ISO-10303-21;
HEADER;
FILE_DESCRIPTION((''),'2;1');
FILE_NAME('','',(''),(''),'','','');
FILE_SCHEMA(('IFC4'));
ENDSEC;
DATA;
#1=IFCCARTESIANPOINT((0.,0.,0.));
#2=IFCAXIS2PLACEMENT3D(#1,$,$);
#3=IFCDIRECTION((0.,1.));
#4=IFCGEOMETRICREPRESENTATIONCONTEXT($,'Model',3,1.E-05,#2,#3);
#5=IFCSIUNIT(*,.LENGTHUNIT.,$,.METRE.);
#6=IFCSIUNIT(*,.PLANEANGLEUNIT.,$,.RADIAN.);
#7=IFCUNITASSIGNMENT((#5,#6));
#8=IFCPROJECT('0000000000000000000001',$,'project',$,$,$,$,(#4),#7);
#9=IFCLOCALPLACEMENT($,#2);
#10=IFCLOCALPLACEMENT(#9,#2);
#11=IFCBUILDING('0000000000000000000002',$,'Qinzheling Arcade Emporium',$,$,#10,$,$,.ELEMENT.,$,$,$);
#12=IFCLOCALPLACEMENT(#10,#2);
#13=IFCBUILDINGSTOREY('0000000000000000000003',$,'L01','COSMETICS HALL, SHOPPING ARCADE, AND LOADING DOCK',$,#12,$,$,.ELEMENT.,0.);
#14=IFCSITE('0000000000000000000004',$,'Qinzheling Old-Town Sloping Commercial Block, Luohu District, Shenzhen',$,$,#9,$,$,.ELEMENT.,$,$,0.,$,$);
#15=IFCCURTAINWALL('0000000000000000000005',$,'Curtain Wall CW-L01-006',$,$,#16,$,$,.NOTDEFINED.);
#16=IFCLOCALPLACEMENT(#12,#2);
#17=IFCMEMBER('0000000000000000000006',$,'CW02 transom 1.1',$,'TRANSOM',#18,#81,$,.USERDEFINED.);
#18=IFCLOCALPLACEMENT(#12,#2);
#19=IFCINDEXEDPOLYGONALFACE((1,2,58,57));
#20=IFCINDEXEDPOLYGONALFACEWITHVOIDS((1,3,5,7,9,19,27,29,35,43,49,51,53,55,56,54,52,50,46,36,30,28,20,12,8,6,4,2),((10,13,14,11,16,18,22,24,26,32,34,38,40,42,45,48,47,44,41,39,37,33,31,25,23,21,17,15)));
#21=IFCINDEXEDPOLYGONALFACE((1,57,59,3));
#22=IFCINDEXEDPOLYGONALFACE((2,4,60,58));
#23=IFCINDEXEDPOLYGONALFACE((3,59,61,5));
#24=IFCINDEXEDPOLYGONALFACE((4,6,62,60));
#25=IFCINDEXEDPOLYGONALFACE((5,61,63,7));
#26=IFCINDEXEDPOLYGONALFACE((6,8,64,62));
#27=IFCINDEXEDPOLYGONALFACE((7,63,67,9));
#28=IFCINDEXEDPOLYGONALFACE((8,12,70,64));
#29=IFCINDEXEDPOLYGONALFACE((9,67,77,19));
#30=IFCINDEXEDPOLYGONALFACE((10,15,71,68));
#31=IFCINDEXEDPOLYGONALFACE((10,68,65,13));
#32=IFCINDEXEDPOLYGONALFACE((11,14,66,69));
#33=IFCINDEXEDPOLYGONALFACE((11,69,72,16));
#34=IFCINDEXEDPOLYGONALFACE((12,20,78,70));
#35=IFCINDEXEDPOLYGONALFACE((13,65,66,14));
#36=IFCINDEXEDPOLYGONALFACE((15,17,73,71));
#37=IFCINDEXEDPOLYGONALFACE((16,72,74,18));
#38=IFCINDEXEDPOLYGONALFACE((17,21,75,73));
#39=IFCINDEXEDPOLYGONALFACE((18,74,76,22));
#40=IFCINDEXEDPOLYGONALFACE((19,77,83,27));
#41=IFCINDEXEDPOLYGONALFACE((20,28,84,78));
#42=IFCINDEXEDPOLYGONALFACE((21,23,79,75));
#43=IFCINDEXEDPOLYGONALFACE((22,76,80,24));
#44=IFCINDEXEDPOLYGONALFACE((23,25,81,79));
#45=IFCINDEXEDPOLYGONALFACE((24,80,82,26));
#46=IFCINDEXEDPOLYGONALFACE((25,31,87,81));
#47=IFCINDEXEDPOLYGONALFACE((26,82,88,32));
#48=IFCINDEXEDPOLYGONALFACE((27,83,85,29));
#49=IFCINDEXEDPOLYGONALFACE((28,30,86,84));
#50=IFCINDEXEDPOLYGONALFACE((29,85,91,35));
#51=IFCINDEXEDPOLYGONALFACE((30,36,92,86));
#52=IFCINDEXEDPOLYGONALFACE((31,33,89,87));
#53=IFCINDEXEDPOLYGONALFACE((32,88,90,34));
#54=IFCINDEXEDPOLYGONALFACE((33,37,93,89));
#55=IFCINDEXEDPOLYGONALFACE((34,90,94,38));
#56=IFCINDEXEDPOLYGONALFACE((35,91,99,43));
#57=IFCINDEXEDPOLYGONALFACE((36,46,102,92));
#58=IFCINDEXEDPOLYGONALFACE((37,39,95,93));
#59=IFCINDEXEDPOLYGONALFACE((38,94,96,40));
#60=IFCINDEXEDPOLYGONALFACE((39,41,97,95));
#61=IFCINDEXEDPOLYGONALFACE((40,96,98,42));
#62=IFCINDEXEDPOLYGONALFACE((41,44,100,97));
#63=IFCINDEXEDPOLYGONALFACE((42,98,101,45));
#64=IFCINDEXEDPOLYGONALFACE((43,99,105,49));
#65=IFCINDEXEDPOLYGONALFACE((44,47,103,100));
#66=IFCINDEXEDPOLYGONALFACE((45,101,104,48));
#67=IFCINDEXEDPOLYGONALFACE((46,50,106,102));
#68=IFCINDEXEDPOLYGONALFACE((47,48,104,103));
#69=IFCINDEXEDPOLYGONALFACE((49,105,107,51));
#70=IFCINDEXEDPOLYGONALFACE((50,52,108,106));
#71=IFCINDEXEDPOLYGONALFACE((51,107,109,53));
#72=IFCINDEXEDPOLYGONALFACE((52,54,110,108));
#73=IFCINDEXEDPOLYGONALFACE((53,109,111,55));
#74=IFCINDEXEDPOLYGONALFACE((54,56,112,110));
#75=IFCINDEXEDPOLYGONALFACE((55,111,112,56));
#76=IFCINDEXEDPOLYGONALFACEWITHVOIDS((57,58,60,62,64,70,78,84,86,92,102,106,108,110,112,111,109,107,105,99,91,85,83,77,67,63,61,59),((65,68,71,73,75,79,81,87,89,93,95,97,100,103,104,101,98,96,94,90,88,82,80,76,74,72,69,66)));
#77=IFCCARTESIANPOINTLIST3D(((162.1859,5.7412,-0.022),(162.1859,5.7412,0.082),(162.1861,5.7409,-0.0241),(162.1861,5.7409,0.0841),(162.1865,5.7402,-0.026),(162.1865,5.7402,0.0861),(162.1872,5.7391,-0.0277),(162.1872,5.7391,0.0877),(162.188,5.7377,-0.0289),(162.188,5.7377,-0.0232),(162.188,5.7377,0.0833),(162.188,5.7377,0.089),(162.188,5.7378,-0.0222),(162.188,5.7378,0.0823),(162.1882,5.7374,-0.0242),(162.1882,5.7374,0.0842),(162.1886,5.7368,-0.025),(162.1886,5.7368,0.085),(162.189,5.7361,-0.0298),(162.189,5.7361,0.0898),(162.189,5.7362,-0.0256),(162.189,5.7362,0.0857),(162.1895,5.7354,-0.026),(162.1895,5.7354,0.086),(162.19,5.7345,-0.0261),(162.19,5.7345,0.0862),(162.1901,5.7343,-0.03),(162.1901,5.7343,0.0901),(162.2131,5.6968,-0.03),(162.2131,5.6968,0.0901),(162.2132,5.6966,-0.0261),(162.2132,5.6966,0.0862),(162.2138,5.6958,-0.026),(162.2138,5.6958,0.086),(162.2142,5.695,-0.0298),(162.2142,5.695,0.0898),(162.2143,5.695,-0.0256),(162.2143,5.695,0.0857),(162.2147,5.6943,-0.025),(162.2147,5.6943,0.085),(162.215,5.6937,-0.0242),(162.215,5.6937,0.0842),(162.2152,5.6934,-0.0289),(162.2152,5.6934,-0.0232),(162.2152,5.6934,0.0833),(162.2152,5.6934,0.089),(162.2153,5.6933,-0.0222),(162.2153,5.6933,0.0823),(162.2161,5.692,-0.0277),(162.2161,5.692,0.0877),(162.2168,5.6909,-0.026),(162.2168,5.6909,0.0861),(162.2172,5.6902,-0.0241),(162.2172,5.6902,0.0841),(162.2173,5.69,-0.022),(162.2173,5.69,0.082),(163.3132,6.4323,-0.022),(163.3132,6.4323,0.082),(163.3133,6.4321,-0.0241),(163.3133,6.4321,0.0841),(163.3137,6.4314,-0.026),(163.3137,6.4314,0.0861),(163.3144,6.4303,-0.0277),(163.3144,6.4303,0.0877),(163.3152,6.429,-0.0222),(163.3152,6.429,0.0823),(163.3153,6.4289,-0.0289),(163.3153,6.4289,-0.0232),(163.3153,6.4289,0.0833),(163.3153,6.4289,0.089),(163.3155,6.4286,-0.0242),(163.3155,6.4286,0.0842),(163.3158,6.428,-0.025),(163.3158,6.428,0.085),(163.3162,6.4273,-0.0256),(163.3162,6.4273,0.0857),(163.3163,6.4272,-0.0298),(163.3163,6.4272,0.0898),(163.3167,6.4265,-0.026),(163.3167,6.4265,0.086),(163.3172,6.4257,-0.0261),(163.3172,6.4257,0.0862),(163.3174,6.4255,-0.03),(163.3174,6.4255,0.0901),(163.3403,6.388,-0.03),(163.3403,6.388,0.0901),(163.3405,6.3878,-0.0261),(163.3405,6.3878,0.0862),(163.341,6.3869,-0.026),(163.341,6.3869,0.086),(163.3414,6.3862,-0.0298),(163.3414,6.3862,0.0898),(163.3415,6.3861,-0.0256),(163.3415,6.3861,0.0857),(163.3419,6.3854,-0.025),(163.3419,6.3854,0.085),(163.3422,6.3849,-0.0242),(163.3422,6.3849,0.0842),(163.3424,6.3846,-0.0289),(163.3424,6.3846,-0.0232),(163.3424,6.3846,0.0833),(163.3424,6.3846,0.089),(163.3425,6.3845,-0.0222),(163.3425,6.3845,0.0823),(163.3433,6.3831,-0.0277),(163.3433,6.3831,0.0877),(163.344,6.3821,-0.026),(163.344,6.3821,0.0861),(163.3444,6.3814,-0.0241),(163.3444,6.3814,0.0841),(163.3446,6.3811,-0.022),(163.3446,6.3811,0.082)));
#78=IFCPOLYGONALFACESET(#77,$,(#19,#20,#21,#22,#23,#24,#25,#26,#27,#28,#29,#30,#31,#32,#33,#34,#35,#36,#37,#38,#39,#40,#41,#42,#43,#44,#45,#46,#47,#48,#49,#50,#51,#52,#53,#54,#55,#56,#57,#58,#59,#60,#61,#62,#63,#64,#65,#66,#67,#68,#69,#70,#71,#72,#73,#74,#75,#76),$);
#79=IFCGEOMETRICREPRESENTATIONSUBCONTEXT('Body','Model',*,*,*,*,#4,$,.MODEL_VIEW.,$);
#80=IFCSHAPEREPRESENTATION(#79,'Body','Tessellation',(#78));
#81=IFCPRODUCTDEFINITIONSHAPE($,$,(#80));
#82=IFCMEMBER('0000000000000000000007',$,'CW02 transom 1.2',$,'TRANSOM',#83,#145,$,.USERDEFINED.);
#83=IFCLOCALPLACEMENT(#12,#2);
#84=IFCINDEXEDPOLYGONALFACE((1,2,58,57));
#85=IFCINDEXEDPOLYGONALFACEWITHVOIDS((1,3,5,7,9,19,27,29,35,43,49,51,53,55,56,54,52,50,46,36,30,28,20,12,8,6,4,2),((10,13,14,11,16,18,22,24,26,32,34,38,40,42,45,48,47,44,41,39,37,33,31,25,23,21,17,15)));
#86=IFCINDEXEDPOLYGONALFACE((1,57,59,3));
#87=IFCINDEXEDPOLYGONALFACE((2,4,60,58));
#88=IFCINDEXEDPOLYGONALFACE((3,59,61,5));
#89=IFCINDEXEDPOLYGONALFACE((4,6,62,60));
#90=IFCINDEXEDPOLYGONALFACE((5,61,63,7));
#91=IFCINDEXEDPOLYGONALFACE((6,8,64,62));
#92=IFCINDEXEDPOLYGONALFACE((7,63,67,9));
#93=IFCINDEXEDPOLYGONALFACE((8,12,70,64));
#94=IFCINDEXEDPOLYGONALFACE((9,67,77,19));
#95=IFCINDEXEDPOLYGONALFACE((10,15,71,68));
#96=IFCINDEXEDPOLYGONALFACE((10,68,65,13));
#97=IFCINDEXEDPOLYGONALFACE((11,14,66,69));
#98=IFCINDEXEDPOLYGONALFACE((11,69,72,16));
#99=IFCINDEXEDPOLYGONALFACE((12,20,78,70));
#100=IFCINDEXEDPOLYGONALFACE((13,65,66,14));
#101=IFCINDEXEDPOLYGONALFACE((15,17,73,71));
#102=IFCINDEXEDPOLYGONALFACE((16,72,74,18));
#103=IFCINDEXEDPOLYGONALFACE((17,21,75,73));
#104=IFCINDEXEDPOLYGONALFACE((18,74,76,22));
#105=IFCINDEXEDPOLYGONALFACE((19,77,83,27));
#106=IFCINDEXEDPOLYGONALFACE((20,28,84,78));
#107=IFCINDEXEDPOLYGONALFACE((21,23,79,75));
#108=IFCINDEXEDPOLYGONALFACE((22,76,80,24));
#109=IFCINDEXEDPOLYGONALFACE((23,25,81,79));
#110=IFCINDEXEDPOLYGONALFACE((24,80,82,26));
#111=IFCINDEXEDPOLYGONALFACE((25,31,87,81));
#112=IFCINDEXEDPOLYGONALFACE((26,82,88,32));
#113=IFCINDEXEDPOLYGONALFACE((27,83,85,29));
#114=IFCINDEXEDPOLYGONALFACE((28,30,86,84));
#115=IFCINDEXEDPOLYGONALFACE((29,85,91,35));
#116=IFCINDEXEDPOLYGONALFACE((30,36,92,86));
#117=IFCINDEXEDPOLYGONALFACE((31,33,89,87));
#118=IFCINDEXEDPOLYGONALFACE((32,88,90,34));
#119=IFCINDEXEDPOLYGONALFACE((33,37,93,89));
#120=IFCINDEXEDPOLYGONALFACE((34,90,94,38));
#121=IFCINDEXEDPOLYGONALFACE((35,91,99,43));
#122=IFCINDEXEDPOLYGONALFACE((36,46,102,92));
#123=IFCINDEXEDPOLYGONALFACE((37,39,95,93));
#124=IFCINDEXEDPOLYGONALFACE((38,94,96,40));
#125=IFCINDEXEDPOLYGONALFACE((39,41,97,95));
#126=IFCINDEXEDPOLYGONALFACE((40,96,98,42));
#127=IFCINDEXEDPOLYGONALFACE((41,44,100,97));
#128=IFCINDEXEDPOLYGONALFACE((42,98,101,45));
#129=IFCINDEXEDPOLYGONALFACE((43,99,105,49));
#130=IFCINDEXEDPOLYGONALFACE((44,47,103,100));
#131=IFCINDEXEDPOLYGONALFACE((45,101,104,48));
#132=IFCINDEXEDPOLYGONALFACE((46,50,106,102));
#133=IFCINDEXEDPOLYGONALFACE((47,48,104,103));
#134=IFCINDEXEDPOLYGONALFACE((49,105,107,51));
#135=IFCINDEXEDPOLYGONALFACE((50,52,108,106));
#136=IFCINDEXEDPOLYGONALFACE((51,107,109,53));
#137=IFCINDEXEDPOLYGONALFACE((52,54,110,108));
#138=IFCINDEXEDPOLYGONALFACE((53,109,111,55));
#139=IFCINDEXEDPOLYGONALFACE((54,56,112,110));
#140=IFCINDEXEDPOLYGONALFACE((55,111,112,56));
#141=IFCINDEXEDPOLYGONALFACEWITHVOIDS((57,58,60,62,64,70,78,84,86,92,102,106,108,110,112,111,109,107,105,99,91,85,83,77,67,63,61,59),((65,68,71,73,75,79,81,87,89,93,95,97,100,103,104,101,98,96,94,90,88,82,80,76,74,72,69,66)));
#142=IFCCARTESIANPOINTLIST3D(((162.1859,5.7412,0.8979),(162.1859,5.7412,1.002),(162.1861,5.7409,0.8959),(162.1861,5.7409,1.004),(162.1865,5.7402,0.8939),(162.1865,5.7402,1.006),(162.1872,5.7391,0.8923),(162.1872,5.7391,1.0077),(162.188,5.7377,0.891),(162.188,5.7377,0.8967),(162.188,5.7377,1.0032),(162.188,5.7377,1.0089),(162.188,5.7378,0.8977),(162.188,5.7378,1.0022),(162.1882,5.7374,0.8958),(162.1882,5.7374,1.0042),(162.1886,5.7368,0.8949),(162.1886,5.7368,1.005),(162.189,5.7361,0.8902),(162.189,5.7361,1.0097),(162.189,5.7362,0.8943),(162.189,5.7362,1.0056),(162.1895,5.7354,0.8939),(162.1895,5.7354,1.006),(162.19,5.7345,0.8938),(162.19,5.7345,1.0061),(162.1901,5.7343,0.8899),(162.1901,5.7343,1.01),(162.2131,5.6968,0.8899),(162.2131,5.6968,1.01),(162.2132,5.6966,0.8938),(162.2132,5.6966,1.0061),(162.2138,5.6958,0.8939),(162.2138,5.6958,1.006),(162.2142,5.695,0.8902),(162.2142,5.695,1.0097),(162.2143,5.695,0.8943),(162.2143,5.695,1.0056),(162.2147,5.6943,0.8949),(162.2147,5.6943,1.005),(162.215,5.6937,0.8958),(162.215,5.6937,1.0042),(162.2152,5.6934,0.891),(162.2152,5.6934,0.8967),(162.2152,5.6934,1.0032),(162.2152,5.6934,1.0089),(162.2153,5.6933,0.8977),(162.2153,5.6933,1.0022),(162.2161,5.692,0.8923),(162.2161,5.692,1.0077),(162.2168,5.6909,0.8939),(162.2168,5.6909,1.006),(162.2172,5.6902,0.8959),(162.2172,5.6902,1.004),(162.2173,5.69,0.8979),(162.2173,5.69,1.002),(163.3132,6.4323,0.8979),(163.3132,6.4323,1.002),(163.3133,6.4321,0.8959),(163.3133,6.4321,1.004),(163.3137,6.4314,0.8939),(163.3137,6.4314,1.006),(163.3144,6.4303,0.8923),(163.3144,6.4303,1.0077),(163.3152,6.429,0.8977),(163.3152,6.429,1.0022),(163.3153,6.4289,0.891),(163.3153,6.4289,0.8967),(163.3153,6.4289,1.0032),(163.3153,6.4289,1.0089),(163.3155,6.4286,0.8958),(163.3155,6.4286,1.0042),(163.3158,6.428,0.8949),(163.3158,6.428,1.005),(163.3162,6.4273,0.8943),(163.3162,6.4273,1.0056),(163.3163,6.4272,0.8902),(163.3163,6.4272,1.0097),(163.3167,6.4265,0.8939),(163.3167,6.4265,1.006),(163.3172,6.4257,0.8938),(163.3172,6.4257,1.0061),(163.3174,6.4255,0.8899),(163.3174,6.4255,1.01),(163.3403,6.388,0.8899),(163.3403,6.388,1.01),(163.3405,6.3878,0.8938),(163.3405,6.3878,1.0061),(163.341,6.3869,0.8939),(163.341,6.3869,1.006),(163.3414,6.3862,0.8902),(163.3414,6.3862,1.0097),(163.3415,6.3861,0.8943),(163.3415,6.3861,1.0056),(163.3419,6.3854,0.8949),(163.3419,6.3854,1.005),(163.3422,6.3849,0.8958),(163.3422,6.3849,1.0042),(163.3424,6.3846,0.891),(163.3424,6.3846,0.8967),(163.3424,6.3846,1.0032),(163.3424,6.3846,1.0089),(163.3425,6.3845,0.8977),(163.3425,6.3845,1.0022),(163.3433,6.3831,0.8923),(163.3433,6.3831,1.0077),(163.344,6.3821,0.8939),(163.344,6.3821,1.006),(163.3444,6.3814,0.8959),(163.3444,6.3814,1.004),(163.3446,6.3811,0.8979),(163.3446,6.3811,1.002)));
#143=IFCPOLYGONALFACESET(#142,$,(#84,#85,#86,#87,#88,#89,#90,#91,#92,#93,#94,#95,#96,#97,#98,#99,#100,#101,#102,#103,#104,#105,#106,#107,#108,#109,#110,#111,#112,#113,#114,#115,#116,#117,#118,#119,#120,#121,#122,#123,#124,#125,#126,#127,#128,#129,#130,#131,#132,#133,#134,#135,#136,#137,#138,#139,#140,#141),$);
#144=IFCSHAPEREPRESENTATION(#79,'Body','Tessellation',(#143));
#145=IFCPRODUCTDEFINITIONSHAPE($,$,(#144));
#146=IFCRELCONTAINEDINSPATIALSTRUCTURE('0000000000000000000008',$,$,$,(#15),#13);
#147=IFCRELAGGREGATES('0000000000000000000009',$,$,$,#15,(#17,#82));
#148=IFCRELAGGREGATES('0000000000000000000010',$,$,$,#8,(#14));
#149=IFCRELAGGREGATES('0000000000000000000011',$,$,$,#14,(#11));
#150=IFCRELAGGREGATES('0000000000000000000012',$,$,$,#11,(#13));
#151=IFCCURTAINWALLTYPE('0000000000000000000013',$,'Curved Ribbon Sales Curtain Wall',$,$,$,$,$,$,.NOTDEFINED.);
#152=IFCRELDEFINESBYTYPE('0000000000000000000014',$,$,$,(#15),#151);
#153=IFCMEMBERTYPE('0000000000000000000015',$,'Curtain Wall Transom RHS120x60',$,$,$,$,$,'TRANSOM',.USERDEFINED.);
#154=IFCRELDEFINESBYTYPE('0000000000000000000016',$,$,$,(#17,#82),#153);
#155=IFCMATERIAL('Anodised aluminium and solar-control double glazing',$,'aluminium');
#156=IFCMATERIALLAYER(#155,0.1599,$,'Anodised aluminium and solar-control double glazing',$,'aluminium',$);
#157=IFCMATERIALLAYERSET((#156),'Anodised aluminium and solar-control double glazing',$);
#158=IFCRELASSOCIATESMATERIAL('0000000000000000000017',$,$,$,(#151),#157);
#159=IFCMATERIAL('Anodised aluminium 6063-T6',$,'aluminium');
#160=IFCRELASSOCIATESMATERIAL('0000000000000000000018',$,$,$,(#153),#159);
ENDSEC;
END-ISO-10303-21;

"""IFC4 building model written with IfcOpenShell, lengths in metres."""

from ifc_helpers import new_model, si_unit, direction, frame, origin, origin_2d, place, context, subcontext, project, spatial, hollow_rectangle, extrude, material, layer, layer_set, material_profile, profile_set, type_object, element, aggregate, save


model = new_model("IFC4")

# Units and contexts
model_context = context("Model", 3, precision=1e-05, world=origin(), true_north=direction((0.0, 1.0)))
body_context = subcontext(model_context, "Body", "Model", "MODEL_VIEW")
ifc_project = project(units=[si_unit("LENGTHUNIT", "METRE"), si_unit("PLANEANGLEUNIT", "RADIAN")], contexts=[model_context])

# Site, building, storey
site_placement = place(None, origin())
site = spatial("IfcSite", under=ifc_project, at=site_placement, Name="Qinzheling Old-Town Sloping Commercial Block, Luohu District, Shenzhen", CompositionType="ELEMENT", RefElevation=0.0)
building_placement = place(site_placement, origin())
building = spatial("IfcBuilding", under=site, at=building_placement, Name="Qinzheling Arcade Emporium", CompositionType="ELEMENT")
storey_placement = place(building_placement, origin())
storey = spatial("IfcBuildingStorey", under=building, at=storey_placement, Name="L01", Description="COSMETICS HALL, SHOPPING ARCADE, AND LOADING DOCK", CompositionType="ELEMENT", Elevation=0.0)

# Shared definitions
ifc_material_1 = material(Name="Anodised aluminium and solar-control double glazing", Category="aluminium")
ifc_layer_1 = layer(ifc_material_1, 0.1599, Name="Anodised aluminium and solar-control double glazing", Category="aluminium")
ifc_layer_set_1 = layer_set([ifc_layer_1], Name="Anodised aluminium and solar-control double glazing")
curtain_wall_type = type_object("IfcCurtainWallType", Name="Curved Ribbon Sales Curtain Wall", PredefinedType="NOTDEFINED", material=ifc_layer_set_1)
ifc_material_2 = material(Name="Anodised aluminium 6063-T6", Category="aluminium")

# Curtain wall
curtain_wall_1_placement = place(storey_placement, origin())
curtain_wall_1 = element("IfcCurtainWall", 1, at=curtain_wall_1_placement, inside=storey, type_object=curtain_wall_type, Name="Curtain Wall CW-L01-006", PredefinedType="NOTDEFINED")

# Members
ifc_material_profile_1 = material_profile(ifc_material_2, hollow_rectangle(XDim=0.0601, YDim=0.1201, WallThickness=0.0039, InnerFilletRadius=0.0039, OuterFilletRadius=0.0081, at=origin_2d()), Name="RHS 120x60x4", Category="aluminium")
ifc_profile_set_1 = profile_set([ifc_material_profile_1], Name="Anodised aluminium 6063-T6")
member_type_1 = type_object("IfcMemberType", Name="Curtain Wall Transom RHS120x60", ElementType="TRANSOM", PredefinedType="USERDEFINED", material=ifc_profile_set_1)
member_1_placement = place(storey_placement, frame((163.3289, 6.4067, 0.03), z_axis=(-0.8525, -0.522727, 0.0), x_axis=(0.522727, -0.8525, 0.0)))
member_1 = element("IfcMember", 2, at=member_1_placement, type_object=member_type_1, Name="CW02 transom 1.1", ObjectType="TRANSOM", PredefinedType="USERDEFINED", context=body_context, shape_type="SweptSolid", body=[
    extrude(hollow_rectangle(XDim=0.0601, YDim=0.1201, WallThickness=0.0039, InnerFilletRadius=0.0039, OuterFilletRadius=0.0081, at=origin_2d()), origin(), (0.0, 0.0, 1.0), 1.3223),
])
member_2_placement = place(storey_placement, frame((163.3289, 6.4067, 0.95), z_axis=(-0.8525, -0.522727, 0.0), x_axis=(0.522727, -0.8525, 0.0)))
member_2 = element("IfcMember", 3, at=member_2_placement, type_object=member_type_1, Name="CW02 transom 1.2", ObjectType="TRANSOM", PredefinedType="USERDEFINED", context=body_context, shape_type="SweptSolid", body=[
    extrude(hollow_rectangle(XDim=0.0601, YDim=0.1201, WallThickness=0.0039, InnerFilletRadius=0.0039, OuterFilletRadius=0.0081, at=origin_2d()), origin(), (0.0, 0.0, 1.0), 1.3223),
])

aggregate(curtain_wall_1, [member_1, member_2])

save(model, "model.ifc")
